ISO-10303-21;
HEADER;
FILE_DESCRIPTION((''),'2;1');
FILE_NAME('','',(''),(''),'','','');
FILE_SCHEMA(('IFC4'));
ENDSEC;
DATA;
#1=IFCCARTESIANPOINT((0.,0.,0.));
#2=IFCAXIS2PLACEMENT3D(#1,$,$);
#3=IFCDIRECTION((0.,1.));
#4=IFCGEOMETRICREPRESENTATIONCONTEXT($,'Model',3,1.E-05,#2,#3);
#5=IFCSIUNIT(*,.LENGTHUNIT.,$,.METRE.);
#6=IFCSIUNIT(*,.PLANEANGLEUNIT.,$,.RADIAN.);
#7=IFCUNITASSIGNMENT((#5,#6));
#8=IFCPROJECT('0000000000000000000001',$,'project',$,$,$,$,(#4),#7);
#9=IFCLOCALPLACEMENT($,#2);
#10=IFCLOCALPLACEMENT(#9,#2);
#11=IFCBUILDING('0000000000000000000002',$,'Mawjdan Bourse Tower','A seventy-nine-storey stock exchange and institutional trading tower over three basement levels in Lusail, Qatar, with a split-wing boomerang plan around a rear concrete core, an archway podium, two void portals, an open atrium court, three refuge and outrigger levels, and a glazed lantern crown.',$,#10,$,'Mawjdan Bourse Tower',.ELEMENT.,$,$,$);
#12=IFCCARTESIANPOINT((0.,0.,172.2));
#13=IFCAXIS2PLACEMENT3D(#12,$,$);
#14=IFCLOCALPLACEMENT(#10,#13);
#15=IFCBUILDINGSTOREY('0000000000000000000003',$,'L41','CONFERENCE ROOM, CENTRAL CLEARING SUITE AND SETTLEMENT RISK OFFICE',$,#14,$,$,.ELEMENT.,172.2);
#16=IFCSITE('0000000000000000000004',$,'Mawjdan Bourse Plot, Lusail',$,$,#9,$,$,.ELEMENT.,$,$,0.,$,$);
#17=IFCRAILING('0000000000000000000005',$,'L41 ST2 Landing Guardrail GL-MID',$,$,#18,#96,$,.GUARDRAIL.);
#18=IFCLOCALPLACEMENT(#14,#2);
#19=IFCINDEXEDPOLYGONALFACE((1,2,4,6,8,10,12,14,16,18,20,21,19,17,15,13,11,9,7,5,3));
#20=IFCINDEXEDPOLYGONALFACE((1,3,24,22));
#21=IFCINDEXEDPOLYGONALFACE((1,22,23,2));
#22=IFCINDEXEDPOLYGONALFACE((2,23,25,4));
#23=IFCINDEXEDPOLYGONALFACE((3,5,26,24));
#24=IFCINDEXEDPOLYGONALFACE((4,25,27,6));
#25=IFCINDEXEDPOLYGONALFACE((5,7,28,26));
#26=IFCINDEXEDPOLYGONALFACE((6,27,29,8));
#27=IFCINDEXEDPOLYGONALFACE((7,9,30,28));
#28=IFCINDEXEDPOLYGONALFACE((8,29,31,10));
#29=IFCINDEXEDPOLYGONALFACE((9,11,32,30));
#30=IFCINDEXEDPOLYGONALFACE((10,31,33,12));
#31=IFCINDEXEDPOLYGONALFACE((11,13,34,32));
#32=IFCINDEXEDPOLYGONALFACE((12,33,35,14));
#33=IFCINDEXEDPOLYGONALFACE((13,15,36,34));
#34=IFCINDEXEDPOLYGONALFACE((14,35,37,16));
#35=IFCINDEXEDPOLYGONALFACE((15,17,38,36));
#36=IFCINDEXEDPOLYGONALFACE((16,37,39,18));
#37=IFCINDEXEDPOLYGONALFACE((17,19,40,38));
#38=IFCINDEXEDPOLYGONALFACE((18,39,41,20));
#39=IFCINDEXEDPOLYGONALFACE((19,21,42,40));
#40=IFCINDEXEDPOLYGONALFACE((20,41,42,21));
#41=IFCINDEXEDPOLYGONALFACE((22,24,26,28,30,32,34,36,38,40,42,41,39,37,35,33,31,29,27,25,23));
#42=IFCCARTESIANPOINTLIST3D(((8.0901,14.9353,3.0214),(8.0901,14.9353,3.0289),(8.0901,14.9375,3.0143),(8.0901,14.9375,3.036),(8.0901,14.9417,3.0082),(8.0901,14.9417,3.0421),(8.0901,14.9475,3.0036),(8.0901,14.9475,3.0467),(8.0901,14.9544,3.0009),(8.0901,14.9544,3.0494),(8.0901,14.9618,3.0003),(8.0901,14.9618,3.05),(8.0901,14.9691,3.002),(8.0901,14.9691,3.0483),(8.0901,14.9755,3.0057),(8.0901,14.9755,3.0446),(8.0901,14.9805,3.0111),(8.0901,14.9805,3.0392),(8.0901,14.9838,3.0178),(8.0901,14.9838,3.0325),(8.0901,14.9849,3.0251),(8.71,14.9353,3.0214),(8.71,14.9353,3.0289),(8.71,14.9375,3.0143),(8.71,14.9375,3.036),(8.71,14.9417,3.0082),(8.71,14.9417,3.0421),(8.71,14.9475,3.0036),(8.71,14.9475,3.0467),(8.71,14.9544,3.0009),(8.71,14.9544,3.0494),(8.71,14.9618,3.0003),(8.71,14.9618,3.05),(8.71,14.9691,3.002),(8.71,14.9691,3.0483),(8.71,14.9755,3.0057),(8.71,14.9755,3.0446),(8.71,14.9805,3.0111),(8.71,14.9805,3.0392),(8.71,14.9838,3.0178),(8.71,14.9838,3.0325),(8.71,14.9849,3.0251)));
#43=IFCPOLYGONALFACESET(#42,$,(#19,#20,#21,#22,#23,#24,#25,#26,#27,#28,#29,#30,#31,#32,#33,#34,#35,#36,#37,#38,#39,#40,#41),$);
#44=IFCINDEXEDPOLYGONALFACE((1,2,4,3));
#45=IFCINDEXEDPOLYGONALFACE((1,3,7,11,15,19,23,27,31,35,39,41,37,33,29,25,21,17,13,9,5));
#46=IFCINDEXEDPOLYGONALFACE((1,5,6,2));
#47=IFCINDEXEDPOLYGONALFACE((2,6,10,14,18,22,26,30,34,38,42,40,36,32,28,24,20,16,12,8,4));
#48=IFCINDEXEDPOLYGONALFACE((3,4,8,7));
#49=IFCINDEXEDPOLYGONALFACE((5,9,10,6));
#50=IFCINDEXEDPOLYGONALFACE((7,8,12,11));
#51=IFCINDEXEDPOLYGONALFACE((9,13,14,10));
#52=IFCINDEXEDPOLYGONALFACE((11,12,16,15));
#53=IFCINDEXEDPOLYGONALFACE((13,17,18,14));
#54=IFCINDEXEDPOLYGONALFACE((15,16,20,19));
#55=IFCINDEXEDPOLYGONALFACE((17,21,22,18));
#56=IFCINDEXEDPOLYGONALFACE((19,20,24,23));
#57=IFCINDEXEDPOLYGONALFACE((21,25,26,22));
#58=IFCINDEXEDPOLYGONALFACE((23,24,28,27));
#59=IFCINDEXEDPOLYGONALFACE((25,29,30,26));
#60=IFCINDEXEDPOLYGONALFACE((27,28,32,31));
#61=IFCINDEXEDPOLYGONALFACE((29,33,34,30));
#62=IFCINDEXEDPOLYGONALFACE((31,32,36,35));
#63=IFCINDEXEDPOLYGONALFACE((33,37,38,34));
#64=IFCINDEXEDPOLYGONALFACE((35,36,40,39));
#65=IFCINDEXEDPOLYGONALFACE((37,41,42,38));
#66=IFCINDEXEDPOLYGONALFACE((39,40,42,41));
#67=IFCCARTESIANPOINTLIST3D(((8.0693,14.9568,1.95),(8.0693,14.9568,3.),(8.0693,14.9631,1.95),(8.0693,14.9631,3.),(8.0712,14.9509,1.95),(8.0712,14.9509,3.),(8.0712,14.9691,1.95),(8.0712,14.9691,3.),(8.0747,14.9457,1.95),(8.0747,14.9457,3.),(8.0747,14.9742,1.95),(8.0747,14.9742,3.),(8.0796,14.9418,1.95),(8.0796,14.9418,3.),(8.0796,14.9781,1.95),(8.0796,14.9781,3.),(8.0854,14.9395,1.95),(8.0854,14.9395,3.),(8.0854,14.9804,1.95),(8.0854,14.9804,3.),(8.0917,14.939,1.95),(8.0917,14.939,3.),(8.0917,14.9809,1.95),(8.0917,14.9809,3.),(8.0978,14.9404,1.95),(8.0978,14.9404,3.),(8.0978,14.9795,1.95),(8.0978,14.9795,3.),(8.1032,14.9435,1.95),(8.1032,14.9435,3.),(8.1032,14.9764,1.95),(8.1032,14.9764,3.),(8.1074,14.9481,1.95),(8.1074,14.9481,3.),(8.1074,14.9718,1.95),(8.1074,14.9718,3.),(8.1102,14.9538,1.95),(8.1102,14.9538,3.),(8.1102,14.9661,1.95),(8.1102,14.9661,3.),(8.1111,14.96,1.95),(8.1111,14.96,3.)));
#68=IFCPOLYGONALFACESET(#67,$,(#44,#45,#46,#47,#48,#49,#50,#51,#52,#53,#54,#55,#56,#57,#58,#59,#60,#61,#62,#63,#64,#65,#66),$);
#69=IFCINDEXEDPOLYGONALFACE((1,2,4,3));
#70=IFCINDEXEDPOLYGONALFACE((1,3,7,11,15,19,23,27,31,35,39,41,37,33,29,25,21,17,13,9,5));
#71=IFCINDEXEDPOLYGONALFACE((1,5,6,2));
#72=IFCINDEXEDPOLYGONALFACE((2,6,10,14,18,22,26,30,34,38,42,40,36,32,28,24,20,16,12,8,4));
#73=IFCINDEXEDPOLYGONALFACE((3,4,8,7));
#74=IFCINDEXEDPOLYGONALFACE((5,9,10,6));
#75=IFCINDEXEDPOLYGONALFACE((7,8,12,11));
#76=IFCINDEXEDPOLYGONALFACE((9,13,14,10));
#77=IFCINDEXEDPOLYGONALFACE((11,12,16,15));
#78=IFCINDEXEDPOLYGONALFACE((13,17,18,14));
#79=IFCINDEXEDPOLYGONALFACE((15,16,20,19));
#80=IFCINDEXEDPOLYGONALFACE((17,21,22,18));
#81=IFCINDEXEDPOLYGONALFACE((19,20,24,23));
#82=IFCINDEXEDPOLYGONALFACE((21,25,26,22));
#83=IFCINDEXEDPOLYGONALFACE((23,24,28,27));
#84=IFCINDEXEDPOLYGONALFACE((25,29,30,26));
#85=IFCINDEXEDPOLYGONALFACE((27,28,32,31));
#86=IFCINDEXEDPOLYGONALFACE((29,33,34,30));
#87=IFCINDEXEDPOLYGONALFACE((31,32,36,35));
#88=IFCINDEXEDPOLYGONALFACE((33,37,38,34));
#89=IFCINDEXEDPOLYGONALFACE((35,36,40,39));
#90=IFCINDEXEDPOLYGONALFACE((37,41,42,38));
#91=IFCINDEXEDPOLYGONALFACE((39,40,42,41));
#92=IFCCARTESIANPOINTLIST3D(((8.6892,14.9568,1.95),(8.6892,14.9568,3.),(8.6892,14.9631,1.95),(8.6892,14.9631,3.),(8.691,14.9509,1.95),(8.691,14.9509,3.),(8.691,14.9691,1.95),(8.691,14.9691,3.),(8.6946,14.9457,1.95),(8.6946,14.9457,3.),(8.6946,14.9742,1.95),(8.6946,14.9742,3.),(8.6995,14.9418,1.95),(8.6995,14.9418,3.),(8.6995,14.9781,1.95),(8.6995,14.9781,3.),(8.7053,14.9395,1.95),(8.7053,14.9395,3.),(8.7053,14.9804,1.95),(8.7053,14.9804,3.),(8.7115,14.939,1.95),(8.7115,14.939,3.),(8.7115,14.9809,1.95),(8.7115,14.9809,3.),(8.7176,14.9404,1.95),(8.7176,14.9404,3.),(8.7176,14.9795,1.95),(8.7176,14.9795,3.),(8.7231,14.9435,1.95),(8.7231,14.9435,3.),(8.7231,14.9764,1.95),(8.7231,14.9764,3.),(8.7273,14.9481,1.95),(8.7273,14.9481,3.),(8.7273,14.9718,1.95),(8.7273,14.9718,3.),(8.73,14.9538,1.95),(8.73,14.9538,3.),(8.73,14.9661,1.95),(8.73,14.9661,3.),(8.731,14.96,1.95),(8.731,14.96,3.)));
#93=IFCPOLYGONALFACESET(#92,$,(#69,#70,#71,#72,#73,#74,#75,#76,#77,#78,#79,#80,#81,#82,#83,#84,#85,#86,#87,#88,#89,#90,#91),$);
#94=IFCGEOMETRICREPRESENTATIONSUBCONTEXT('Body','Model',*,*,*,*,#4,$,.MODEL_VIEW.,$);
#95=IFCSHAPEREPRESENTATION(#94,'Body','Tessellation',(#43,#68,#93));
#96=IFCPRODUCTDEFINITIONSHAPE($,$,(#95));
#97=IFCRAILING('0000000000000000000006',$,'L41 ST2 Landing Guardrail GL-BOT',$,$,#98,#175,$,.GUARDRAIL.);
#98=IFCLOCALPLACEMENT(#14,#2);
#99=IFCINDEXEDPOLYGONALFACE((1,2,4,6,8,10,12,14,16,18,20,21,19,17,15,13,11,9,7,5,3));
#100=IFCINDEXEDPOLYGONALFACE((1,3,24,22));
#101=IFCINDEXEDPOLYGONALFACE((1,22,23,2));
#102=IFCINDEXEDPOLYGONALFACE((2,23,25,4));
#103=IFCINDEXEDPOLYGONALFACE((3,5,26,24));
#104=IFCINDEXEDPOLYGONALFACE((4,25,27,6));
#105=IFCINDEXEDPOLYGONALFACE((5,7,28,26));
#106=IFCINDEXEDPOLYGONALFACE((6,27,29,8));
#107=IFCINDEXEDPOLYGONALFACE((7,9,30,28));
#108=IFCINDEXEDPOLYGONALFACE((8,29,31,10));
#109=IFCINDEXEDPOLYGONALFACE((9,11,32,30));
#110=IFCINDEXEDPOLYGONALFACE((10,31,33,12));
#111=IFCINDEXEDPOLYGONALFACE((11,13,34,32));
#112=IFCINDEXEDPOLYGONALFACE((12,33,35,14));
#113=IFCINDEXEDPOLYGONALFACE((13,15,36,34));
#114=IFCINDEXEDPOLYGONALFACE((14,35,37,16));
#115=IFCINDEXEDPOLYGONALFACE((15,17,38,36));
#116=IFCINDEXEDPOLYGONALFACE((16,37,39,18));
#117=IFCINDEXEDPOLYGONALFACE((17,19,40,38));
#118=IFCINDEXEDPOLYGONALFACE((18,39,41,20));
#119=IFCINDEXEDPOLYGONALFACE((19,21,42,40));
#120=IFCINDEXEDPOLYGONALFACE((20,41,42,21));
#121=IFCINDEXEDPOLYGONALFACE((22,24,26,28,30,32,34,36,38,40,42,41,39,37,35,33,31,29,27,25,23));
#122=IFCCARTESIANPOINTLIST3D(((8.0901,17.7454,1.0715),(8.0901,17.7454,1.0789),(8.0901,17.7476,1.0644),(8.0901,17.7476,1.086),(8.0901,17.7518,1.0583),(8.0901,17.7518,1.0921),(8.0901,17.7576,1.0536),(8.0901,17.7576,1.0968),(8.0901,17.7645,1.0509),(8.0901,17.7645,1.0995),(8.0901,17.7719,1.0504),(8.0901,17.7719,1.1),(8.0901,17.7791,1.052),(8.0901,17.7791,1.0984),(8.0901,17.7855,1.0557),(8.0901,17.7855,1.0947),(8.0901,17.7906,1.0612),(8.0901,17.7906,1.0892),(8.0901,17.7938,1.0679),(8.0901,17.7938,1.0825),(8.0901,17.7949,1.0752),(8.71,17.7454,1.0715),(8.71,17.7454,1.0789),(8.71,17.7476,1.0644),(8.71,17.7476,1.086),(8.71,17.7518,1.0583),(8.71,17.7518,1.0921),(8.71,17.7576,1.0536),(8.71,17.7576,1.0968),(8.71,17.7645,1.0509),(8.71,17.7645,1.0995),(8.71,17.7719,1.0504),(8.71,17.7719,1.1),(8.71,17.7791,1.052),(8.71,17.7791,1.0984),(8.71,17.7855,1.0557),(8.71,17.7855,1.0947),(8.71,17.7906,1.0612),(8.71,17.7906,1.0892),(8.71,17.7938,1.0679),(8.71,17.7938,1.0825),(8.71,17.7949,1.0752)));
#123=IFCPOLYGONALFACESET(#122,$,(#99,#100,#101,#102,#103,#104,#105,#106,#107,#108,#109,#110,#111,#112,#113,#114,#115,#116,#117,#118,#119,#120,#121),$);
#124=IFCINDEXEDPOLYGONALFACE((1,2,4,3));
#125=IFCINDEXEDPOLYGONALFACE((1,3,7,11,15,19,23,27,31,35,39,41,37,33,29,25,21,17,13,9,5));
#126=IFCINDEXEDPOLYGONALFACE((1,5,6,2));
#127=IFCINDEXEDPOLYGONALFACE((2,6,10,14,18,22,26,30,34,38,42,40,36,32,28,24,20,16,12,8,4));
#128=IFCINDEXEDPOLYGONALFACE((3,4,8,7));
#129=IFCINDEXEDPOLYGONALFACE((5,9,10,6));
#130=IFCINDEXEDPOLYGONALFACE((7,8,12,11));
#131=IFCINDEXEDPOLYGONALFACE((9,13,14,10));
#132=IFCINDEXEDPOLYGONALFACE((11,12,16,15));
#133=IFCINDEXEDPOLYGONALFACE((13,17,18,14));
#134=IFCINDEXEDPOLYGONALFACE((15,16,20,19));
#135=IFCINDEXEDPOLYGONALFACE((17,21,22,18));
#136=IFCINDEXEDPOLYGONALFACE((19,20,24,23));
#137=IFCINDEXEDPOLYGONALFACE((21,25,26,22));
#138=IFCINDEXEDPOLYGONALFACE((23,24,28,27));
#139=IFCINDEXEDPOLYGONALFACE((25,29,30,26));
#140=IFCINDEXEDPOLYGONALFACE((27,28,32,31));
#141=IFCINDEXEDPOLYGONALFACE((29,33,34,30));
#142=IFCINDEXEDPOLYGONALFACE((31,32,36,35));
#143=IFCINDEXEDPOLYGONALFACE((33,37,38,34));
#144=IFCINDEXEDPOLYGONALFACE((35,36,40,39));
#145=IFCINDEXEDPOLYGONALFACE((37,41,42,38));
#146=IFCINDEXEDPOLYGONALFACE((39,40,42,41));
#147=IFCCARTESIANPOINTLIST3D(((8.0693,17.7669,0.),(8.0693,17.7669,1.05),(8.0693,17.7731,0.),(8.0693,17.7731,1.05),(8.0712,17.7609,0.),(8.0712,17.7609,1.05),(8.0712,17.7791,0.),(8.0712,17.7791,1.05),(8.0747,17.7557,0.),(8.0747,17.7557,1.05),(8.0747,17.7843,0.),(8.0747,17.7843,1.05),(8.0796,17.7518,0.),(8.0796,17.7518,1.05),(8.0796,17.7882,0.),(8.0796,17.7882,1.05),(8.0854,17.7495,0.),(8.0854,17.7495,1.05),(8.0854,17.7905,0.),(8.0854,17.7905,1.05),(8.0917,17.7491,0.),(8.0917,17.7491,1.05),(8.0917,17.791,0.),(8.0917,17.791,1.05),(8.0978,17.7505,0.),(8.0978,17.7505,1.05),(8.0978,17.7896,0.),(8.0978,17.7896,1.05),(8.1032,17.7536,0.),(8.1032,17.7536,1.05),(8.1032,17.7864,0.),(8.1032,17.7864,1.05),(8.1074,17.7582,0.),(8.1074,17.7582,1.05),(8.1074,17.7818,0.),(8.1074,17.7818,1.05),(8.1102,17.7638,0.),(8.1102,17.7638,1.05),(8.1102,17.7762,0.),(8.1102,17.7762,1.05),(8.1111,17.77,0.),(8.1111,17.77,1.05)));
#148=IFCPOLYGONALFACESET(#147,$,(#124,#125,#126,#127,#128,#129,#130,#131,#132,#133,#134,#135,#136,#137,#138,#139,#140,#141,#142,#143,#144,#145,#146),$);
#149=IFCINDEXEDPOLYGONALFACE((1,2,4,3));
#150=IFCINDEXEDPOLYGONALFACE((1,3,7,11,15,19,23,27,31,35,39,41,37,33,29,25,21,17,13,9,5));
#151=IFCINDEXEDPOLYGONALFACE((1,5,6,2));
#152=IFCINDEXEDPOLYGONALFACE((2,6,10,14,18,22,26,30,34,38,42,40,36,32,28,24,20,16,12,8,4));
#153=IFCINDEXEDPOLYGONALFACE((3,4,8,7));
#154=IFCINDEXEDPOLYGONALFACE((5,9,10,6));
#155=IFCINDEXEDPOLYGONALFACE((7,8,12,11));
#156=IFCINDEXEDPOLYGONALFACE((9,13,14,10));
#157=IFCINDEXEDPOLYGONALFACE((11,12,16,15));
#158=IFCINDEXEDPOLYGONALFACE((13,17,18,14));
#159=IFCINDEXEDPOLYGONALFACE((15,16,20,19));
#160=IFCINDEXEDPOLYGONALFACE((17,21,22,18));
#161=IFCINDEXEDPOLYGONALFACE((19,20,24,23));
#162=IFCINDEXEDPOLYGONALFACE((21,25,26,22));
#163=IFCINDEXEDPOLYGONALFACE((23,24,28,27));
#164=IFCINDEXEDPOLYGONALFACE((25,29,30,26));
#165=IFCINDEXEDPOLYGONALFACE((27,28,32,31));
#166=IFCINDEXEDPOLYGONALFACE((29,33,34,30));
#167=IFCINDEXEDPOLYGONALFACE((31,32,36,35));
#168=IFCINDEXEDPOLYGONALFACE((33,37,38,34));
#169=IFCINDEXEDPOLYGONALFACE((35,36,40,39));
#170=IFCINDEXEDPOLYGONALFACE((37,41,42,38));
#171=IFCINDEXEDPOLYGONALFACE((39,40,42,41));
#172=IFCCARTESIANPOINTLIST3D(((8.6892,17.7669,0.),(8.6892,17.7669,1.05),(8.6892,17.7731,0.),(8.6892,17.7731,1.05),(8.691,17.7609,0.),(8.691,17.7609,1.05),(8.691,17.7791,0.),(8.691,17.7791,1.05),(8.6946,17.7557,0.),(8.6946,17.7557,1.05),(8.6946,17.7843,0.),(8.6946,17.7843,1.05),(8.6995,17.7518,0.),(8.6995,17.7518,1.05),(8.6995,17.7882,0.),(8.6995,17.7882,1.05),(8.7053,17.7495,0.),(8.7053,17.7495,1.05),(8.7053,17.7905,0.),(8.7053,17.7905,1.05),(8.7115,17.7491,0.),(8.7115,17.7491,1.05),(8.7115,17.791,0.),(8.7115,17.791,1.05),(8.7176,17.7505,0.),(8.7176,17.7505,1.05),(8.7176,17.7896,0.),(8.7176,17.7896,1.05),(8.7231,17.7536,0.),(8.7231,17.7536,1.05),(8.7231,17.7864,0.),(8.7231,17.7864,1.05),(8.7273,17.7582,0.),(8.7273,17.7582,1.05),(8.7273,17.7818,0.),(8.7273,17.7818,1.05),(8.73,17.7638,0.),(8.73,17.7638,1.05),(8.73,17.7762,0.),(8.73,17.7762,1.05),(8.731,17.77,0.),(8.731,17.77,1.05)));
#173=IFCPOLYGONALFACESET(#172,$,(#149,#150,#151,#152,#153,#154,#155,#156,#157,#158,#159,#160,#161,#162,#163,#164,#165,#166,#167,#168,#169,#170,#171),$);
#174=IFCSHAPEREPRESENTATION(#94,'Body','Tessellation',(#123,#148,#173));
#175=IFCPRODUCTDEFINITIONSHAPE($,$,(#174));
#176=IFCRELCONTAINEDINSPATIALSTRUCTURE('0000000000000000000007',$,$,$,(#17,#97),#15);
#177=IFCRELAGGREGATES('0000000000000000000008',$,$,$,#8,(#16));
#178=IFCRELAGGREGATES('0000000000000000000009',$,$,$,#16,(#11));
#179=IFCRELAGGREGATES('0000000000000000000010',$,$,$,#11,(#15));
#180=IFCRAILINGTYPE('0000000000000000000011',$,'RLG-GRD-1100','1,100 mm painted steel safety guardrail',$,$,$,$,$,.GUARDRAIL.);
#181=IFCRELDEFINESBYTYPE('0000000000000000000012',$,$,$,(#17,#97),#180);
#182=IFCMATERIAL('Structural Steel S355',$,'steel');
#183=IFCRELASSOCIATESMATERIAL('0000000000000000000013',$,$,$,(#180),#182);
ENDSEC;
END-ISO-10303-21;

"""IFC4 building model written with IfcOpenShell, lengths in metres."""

from ifc_helpers import new_model, si_unit, direction, frame, origin, origin_2d, place, context, subcontext, project, spatial, circle, extrude, material, type_object, element, save


model = new_model("IFC4")

# Units and contexts
model_context = context("Model", 3, precision=1e-05, world=origin(), true_north=direction((0.0, 1.0)))
body_context = subcontext(model_context, "Body", "Model", "MODEL_VIEW")
ifc_project = project(units=[si_unit("LENGTHUNIT", "METRE"), si_unit("PLANEANGLEUNIT", "RADIAN")], contexts=[model_context])

# Site, building, storey
site_placement = place(None, origin())
site = spatial("IfcSite", under=ifc_project, at=site_placement, Name="Mawjdan Bourse Plot, Lusail", CompositionType="ELEMENT", RefElevation=0.0)
building_placement = place(site_placement, origin())
building = spatial("IfcBuilding", under=site, at=building_placement, Name="Mawjdan Bourse Tower", Description="A seventy-nine-storey stock exchange and institutional trading tower over three basement levels in Lusail, Qatar, with a split-wing boomerang plan around a rear concrete core, an archway podium, two void portals, an open atrium court, three refuge and outrigger levels, and a glazed lantern crown.", LongName="Mawjdan Bourse Tower", CompositionType="ELEMENT")
storey_placement = place(building_placement, frame((0.0, 0.0, 172.2)))
storey = spatial("IfcBuildingStorey", under=building, at=storey_placement, Name="L41", Description="CONFERENCE ROOM, CENTRAL CLEARING SUITE AND SETTLEMENT RISK OFFICE", CompositionType="ELEMENT", Elevation=172.2)

# Railings
ifc_material_1 = material(Name="Structural Steel S355", Category="steel")
railing_type_1 = type_object("IfcRailingType", Name="RLG-GRD-1100", Description="1,100 mm painted steel safety guardrail", PredefinedType="GUARDRAIL", material=ifc_material_1)
for number, where, name in (
    (1, (8.0901, 14.96, 1.95), "L41 ST2 Landing Guardrail GL-MID"),
    (2, (8.0901, 17.77, 0.0), "L41 ST2 Landing Guardrail GL-BOT"),
):
    element("IfcRailing", number, at=place(storey_placement, frame(where)), inside=storey, type_object=railing_type_1, Name=name, PredefinedType="GUARDRAIL", context=body_context, shape_type="SweptSolid", body=[
        extrude(circle(Radius=0.0249, at=origin_2d()), frame((0.0, 0.0, 1.0752), z_axis=(1.0, 0.0, 0.0), x_axis=(0.0, 1.0, 0.0)), (0.0, 0.0, 1.0), 0.6199),
        extrude(circle(Radius=0.021, at=origin_2d()), origin(), (0.0, 0.0, 1.0), 1.05),
        extrude(circle(Radius=0.021, at=origin_2d()), frame((0.6199, 0.0, 0.0)), (0.0, 0.0, 1.0), 1.05),
    ])

save(model, "model.ifc")
